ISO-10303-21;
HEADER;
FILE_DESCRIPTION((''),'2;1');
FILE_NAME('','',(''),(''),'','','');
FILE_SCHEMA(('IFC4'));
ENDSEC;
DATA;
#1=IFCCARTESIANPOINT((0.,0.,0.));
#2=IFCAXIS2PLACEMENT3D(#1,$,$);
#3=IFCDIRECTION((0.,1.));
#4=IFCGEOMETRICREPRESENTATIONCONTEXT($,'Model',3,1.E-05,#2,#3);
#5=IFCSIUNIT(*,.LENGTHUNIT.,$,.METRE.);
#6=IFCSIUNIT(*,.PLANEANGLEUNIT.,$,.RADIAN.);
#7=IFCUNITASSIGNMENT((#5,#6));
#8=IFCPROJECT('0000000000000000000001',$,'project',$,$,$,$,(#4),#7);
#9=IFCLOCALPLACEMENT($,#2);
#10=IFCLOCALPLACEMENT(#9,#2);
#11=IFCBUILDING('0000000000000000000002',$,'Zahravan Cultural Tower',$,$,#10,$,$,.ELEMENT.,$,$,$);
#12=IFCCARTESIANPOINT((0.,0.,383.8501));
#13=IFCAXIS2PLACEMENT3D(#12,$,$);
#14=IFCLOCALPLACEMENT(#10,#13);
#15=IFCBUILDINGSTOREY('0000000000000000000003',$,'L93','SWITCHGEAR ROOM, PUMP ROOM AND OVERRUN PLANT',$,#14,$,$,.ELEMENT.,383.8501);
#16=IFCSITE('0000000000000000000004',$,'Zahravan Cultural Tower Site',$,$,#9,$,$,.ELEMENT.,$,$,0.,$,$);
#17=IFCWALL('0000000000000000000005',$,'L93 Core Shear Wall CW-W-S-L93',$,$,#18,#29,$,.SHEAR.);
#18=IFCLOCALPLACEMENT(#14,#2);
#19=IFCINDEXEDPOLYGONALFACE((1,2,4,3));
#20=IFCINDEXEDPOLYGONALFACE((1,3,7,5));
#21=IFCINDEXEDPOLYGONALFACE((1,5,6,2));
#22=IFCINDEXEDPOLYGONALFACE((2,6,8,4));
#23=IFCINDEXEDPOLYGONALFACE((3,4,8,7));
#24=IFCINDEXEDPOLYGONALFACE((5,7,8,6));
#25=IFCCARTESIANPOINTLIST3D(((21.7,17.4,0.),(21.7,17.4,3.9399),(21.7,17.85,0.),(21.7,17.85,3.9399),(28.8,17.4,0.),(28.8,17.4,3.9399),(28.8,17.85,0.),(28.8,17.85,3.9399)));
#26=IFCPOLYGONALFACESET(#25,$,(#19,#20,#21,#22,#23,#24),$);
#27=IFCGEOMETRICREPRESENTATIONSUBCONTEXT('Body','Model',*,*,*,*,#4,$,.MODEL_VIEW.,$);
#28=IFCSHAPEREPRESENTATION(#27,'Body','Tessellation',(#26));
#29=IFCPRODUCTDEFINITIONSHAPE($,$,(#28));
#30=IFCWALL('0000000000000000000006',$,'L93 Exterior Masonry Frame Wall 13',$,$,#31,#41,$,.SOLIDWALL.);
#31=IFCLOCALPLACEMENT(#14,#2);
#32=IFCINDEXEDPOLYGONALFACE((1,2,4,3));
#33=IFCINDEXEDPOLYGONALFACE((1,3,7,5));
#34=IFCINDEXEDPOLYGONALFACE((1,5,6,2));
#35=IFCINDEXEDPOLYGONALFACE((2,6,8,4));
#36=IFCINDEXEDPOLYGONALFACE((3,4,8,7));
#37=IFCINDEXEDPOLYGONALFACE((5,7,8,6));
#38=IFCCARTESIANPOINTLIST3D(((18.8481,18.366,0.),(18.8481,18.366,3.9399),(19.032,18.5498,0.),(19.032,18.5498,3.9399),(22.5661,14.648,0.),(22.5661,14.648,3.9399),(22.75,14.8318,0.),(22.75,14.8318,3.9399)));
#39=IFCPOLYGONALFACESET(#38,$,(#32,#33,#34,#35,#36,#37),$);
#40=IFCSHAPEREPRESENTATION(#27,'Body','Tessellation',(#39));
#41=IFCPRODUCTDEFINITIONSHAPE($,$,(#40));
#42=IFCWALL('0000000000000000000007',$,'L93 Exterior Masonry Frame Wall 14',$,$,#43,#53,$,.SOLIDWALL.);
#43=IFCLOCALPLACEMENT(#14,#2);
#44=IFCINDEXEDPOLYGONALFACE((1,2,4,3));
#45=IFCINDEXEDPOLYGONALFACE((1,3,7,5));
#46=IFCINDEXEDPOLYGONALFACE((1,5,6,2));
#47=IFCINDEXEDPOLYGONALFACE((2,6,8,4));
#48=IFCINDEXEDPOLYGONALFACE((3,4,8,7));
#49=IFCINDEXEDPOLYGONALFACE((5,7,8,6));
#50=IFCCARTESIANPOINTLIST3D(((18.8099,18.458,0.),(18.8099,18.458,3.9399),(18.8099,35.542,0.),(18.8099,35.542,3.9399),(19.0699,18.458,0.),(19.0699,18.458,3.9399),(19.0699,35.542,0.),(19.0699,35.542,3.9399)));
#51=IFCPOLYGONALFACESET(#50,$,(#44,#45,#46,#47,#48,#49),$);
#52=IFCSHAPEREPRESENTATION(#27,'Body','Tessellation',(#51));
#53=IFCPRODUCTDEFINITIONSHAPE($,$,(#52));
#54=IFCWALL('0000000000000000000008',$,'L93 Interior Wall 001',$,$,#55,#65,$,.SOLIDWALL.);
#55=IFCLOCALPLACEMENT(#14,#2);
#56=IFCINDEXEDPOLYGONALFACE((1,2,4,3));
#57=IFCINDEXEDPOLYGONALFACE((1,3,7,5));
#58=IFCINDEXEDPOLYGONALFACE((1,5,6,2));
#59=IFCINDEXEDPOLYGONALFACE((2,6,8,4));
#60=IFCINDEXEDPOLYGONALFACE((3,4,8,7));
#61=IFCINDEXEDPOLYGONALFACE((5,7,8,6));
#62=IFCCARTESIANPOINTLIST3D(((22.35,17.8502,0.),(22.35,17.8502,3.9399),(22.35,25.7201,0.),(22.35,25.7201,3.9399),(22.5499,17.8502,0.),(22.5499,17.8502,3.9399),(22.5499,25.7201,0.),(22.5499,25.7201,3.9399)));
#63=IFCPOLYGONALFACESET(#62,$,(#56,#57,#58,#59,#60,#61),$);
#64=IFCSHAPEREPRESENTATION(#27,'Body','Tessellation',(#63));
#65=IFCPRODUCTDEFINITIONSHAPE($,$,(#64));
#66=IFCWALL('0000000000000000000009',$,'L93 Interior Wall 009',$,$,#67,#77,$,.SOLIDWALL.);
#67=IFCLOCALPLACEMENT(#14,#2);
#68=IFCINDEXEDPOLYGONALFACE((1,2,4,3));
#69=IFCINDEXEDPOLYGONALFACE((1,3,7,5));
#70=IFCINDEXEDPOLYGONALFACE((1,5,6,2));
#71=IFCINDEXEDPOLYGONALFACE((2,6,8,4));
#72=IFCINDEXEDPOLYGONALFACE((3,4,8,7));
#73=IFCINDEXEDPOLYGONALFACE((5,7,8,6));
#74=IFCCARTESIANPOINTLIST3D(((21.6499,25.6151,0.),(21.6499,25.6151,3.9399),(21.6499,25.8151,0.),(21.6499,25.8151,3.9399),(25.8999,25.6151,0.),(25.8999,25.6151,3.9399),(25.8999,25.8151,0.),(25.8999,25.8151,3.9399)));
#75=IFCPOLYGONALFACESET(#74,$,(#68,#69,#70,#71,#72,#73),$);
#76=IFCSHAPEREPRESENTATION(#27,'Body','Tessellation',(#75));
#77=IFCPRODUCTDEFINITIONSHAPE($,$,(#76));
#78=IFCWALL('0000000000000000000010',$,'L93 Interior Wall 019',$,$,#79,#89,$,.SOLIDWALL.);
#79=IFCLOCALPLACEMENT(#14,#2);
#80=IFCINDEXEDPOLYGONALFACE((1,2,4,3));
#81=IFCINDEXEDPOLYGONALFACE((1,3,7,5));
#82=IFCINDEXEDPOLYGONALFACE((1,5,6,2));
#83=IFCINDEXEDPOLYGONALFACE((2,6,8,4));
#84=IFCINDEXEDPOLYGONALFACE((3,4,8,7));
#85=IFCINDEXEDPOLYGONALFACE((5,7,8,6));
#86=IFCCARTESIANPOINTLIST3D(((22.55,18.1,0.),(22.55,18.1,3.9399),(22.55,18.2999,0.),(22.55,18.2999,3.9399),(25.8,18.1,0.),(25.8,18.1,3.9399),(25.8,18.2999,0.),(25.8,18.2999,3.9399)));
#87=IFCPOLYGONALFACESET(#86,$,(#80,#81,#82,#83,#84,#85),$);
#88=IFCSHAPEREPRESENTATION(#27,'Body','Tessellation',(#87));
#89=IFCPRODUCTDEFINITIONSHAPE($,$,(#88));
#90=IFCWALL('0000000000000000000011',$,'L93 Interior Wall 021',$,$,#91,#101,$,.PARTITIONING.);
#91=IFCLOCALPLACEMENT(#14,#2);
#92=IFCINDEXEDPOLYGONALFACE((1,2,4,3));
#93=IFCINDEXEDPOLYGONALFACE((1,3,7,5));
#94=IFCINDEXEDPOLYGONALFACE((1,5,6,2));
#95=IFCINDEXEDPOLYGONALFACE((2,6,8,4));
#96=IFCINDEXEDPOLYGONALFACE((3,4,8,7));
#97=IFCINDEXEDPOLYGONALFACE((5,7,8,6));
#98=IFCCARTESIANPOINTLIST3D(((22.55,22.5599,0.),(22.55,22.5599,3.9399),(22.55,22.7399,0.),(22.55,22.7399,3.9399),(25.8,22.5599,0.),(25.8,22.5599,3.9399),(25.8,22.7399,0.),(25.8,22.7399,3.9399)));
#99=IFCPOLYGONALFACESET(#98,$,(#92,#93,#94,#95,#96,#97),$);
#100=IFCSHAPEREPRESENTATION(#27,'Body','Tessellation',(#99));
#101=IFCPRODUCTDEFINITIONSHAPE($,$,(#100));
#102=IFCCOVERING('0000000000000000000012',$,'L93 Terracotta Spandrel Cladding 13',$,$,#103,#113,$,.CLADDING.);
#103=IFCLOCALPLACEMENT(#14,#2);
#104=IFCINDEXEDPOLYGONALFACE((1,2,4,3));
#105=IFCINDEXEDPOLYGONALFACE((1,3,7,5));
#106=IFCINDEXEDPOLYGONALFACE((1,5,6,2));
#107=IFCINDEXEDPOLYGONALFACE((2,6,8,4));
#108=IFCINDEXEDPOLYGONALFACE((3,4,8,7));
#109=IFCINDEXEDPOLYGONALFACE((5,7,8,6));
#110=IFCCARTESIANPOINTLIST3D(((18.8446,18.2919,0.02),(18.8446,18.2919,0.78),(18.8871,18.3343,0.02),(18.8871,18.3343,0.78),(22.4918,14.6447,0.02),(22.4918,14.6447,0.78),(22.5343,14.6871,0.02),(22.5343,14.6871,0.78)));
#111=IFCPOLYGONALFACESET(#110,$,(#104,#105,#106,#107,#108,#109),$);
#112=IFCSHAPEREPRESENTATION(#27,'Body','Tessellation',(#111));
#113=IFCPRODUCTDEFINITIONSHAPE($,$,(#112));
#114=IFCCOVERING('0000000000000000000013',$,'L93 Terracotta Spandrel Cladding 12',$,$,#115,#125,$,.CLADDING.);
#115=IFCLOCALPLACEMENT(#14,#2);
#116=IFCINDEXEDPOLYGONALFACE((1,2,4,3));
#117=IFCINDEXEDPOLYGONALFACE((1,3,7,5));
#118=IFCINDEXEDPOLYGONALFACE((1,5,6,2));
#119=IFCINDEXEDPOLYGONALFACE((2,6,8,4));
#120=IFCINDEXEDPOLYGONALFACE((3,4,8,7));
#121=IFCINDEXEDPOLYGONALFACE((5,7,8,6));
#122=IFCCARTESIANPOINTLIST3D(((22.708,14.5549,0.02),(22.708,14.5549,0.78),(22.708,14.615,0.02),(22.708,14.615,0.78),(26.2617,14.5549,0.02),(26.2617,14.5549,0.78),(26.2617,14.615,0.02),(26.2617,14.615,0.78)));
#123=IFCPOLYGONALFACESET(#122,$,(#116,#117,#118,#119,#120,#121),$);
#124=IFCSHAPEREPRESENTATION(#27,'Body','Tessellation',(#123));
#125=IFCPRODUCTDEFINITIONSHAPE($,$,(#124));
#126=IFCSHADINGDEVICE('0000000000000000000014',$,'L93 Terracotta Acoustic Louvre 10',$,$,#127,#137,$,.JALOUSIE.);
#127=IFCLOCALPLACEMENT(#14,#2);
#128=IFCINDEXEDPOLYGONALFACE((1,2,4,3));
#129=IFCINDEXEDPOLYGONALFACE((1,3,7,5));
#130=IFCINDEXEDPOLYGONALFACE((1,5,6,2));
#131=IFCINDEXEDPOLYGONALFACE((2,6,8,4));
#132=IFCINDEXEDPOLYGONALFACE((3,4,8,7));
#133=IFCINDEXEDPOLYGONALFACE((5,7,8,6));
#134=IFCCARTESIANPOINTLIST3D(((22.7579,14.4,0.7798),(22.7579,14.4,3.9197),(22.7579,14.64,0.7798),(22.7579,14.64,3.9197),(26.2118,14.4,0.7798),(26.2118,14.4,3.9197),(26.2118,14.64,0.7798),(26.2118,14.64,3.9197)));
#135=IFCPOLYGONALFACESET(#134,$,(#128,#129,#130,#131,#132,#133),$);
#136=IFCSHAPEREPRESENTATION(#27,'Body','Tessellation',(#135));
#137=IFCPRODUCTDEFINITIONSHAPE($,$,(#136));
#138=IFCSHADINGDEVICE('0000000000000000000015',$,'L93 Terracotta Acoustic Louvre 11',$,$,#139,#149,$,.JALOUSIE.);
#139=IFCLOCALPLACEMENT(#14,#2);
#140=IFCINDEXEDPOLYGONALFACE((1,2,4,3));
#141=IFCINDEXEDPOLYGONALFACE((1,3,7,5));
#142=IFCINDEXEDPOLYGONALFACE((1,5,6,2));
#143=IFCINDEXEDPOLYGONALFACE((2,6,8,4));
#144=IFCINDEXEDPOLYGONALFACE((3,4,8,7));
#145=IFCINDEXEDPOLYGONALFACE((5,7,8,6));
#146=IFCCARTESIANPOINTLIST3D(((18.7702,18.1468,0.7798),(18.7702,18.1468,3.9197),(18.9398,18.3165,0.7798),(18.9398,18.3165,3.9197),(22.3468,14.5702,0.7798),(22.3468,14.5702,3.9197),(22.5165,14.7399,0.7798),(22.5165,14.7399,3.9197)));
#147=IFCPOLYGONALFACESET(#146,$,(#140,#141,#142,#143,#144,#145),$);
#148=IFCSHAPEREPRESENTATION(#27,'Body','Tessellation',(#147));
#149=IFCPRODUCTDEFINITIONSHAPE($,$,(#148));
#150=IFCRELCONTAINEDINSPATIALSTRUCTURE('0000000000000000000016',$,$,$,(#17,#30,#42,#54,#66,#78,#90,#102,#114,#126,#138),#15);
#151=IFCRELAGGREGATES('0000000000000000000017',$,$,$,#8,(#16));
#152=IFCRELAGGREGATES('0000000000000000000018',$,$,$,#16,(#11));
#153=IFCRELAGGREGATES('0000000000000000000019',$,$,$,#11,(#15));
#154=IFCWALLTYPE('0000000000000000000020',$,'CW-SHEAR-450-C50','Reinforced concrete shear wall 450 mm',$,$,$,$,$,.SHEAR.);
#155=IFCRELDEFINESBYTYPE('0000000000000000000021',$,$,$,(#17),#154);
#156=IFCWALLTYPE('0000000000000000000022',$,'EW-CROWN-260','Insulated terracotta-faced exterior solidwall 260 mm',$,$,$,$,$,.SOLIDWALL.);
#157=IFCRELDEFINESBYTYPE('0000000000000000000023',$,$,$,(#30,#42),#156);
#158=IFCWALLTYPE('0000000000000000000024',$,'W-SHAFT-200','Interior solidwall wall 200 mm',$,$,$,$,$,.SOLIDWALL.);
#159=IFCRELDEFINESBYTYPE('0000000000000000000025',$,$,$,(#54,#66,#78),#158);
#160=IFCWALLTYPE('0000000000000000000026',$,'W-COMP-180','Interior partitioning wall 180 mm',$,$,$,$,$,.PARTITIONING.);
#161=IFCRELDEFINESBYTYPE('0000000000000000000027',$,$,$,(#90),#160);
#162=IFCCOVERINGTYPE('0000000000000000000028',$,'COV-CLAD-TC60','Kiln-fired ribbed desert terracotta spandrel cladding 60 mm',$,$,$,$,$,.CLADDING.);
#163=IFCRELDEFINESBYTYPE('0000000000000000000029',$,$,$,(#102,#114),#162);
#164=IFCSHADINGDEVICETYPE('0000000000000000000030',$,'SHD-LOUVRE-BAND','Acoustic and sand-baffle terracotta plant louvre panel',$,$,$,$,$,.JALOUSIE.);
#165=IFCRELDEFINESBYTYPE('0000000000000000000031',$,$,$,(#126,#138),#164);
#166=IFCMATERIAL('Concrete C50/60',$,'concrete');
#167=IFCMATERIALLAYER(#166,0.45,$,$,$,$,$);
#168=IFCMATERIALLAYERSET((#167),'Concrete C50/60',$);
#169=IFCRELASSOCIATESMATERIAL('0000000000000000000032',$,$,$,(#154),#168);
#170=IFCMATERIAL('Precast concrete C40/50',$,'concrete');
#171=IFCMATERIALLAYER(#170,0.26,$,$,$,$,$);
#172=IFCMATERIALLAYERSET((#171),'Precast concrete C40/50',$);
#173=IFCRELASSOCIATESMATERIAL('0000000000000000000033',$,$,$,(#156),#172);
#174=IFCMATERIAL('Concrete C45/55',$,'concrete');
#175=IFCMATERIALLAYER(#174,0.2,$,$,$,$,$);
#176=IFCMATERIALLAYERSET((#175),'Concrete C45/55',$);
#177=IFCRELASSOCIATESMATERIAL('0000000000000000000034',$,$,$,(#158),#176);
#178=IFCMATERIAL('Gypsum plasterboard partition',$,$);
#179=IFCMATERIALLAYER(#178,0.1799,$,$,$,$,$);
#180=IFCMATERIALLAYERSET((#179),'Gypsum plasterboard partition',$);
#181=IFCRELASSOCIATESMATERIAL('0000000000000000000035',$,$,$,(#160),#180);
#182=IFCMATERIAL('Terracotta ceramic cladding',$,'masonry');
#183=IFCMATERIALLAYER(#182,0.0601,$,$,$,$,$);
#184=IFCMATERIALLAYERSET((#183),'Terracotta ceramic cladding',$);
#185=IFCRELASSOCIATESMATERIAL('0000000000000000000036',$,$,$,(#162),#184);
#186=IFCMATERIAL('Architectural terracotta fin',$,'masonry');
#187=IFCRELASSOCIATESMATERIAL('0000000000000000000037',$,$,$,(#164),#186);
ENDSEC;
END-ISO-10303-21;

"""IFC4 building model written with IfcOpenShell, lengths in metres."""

from ifc_helpers import new_model, si_unit, direction, frame, frame_2d, origin, origin_2d, place, context, subcontext, project, spatial, rectangle, extrude, source, transform, mapped, material, layer, layer_set, type_object, element, save


model = new_model("IFC4")

# Units and contexts
model_context = context("Model", 3, precision=1e-05, world=origin(), true_north=direction((0.0, 1.0)))
body_context = subcontext(model_context, "Body", "Model", "MODEL_VIEW")
ifc_project = project(units=[si_unit("LENGTHUNIT", "METRE"), si_unit("PLANEANGLEUNIT", "RADIAN")], contexts=[model_context])

# Site, building, storey
site_placement = place(None, origin())
site = spatial("IfcSite", under=ifc_project, at=site_placement, Name="Zahravan Cultural Tower Site", CompositionType="ELEMENT", RefElevation=0.0)
building_placement = place(site_placement, origin())
building = spatial("IfcBuilding", under=site, at=building_placement, Name="Zahravan Cultural Tower", CompositionType="ELEMENT")
storey_placement = place(building_placement, frame((0.0, 0.0, 383.8501)))
storey = spatial("IfcBuildingStorey", under=building, at=storey_placement, Name="L93", Description="SWITCHGEAR ROOM, PUMP ROOM AND OVERRUN PLANT", CompositionType="ELEMENT", Elevation=383.8501)

# Shared definitions
ifc_material_1 = material(Name="Concrete C45/55", Category="concrete")

# Shared definitions
ifc_material_2 = material(Name="Concrete C50/60", Category="concrete")

# Walls
ifc_layer_1 = layer(ifc_material_2, 0.45)
ifc_layer_set_1 = layer_set([ifc_layer_1], Name="Concrete C50/60")
wall_type_1 = type_object("IfcWallType", Name="CW-SHEAR-450-C50", Description="Reinforced concrete shear wall 450 mm", PredefinedType="SHEAR", material=ifc_layer_set_1)
shared_shape_1 = source(origin(), body_context, "Body", "SweptSolid", [
    extrude(rectangle(XDim=7.1001, YDim=0.45, at=frame_2d((3.55, 0.0))), origin(), (0.0, 0.0, 1.0), 3.9399),
])
wall_1_placement = place(storey_placement, frame((21.7, 17.625, 0.0), z_axis=(0.0, 0.0, 1.0), x_axis=(1.0, 0.0, 0.0)))
element("IfcWall", 1, at=wall_1_placement, inside=storey, type_object=wall_type_1, Name="L93 Core Shear Wall CW-W-S-L93", PredefinedType="SHEAR", context=body_context, shape_type="MappedRepresentation", body=[
    mapped(shared_shape_1, transform((0.0, 0.0, 0.0), x_axis=(1.0, 0.0, 0.0), y_axis=(0.0, 1.0, 0.0), z_axis=(0.0, 0.0, 1.0), scale=1.0)),
])
ifc_material_3 = material(Name="Precast concrete C40/50", Category="concrete")
ifc_layer_2 = layer(ifc_material_3, 0.26)
ifc_layer_set_2 = layer_set([ifc_layer_2], Name="Precast concrete C40/50")
wall_type_2 = type_object("IfcWallType", Name="EW-CROWN-260", Description="Insulated terracotta-faced exterior solidwall 260 mm", PredefinedType="SOLIDWALL", material=ifc_layer_set_2)
shared_shape_2 = source(origin(), body_context, "Body", "SweptSolid", [
    extrude(rectangle(XDim=5.2581, YDim=0.26, at=frame_2d((2.6289, 0.0))), origin(), (0.0, 0.0, 1.0), 3.9399),
])
wall_2_placement = place(storey_placement, frame((22.658, 14.74, 0.0), z_axis=(0.0, 0.0, 1.0), x_axis=(-0.707107, 0.707107, 0.0)))
element("IfcWall", 2, at=wall_2_placement, inside=storey, type_object=wall_type_2, Name="L93 Exterior Masonry Frame Wall 13", PredefinedType="SOLIDWALL", context=body_context, shape_type="MappedRepresentation", body=[
    mapped(shared_shape_2, transform((0.0, 0.0, 0.0), x_axis=(1.0, 0.0, 0.0), y_axis=(0.0, 1.0, 0.0), z_axis=(0.0, 0.0, 1.0), scale=1.0)),
])
shared_shape_3 = source(origin(), body_context, "Body", "SweptSolid", [
    extrude(rectangle(XDim=17.084, YDim=0.26, at=frame_2d((8.542, 0.0))), origin(), (0.0, 0.0, 1.0), 3.9399),
])
wall_3_placement = place(storey_placement, frame((18.9399, 18.458, 0.0), z_axis=(0.0, 0.0, 1.0), x_axis=(0.0, 1.0, 0.0)))
element("IfcWall", 3, at=wall_3_placement, inside=storey, type_object=wall_type_2, Name="L93 Exterior Masonry Frame Wall 14", PredefinedType="SOLIDWALL", context=body_context, shape_type="MappedRepresentation", body=[
    mapped(shared_shape_3, transform((0.0, 0.0, 0.0), x_axis=(1.0, 0.0, 0.0), y_axis=(0.0, 1.0, 0.0), z_axis=(0.0, 0.0, 1.0), scale=1.0)),
])
ifc_layer_3 = layer(ifc_material_1, 0.2)
ifc_layer_set_3 = layer_set([ifc_layer_3], Name="Concrete C45/55")
wall_type_3 = type_object("IfcWallType", Name="W-SHAFT-200", Description="Interior solidwall wall 200 mm", PredefinedType="SOLIDWALL", material=ifc_layer_set_3)
shared_shape_4 = source(origin(), body_context, "Body", "SweptSolid", [
    extrude(rectangle(XDim=7.8699, YDim=0.2, at=frame_2d((3.9351, 0.0))), origin(), (0.0, 0.0, 1.0), 3.9399),
])
wall_4_placement = place(storey_placement, frame((22.45, 17.8501, 0.0), z_axis=(0.0, 0.0, 1.0), x_axis=(0.0, 1.0, 0.0)))
element("IfcWall", 4, at=wall_4_placement, inside=storey, type_object=wall_type_3, Name="L93 Interior Wall 001", PredefinedType="SOLIDWALL", context=body_context, shape_type="MappedRepresentation", body=[
    mapped(shared_shape_4, transform((0.0, 0.0, 0.0), x_axis=(1.0, 0.0, 0.0), y_axis=(0.0, 1.0, 0.0), z_axis=(0.0, 0.0, 1.0), scale=1.0)),
])
shared_shape_5 = source(origin(), body_context, "Body", "SweptSolid", [
    extrude(rectangle(XDim=4.25, YDim=0.2, at=frame_2d((2.125, 0.0))), origin(), (0.0, 0.0, 1.0), 3.9399),
])
wall_5_placement = place(storey_placement, frame((21.6499, 25.7151, 0.0), z_axis=(0.0, 0.0, 1.0), x_axis=(1.0, 0.0, 0.0)))
element("IfcWall", 5, at=wall_5_placement, inside=storey, type_object=wall_type_3, Name="L93 Interior Wall 009", PredefinedType="SOLIDWALL", context=body_context, shape_type="MappedRepresentation", body=[
    mapped(shared_shape_5, transform((0.0, 0.0, 0.0), x_axis=(1.0, 0.0, 0.0), y_axis=(0.0, 1.0, 0.0), z_axis=(0.0, 0.0, 1.0), scale=1.0)),
])
shared_shape_6 = source(origin(), body_context, "Body", "SweptSolid", [
    extrude(rectangle(XDim=3.25, YDim=0.2, at=frame_2d((1.625, 0.0))), origin(), (0.0, 0.0, 1.0), 3.9399),
])
wall_6_placement = place(storey_placement, frame((22.55, 18.2, 0.0), z_axis=(0.0, 0.0, 1.0), x_axis=(1.0, 0.0, 0.0)))
element("IfcWall", 6, at=wall_6_placement, inside=storey, type_object=wall_type_3, Name="L93 Interior Wall 019", PredefinedType="SOLIDWALL", context=body_context, shape_type="MappedRepresentation", body=[
    mapped(shared_shape_6, transform((0.0, 0.0, 0.0), x_axis=(1.0, 0.0, 0.0), y_axis=(0.0, 1.0, 0.0), z_axis=(0.0, 0.0, 1.0), scale=1.0)),
])
ifc_material_4 = material(Name="Gypsum plasterboard partition")
ifc_layer_4 = layer(ifc_material_4, 0.1799)
ifc_layer_set_4 = layer_set([ifc_layer_4], Name="Gypsum plasterboard partition")
wall_type_4 = type_object("IfcWallType", Name="W-COMP-180", Description="Interior partitioning wall 180 mm", PredefinedType="PARTITIONING", material=ifc_layer_set_4)
shared_shape_7 = source(origin(), body_context, "Body", "SweptSolid", [
    extrude(rectangle(XDim=3.25, YDim=0.1799, at=frame_2d((1.625, 0.0))), origin(), (0.0, 0.0, 1.0), 3.9399),
])
wall_7_placement = place(storey_placement, frame((22.55, 22.6499, 0.0), z_axis=(0.0, 0.0, 1.0), x_axis=(1.0, 0.0, 0.0)))
element("IfcWall", 7, at=wall_7_placement, inside=storey, type_object=wall_type_4, Name="L93 Interior Wall 021", PredefinedType="PARTITIONING", context=body_context, shape_type="MappedRepresentation", body=[
    mapped(shared_shape_7, transform((0.0, 0.0, 0.0), x_axis=(1.0, 0.0, 0.0), y_axis=(0.0, 1.0, 0.0), z_axis=(0.0, 0.0, 1.0), scale=1.0)),
])

# Coverings
ifc_material_5 = material(Name="Terracotta ceramic cladding", Category="masonry")
ifc_layer_5 = layer(ifc_material_5, 0.0601)
ifc_layer_set_5 = layer_set([ifc_layer_5], Name="Terracotta ceramic cladding")
covering_type = type_object("IfcCoveringType", Name="COV-CLAD-TC60", Description="Kiln-fired ribbed desert terracotta spandrel cladding 60 mm", PredefinedType="CLADDING", material=ifc_layer_set_5)
shared_shape_8 = source(origin(), body_context, "Body", "SweptSolid", [
    extrude(rectangle(XDim=5.158, YDim=0.0601, at=origin_2d()), origin(), (0.0, 0.0, 1.0), 0.76),
])
covering_1_placement = place(storey_placement, frame((20.6895, 16.4895, 0.02), z_axis=(0.0, 0.0, 1.0), x_axis=(-0.707107, 0.707107, 0.0)))
element("IfcCovering", 8, at=covering_1_placement, inside=storey, type_object=covering_type, Name="L93 Terracotta Spandrel Cladding 13", PredefinedType="CLADDING", context=body_context, shape_type="MappedRepresentation", body=[
    mapped(shared_shape_8, transform((0.0, 0.0, 0.0), x_axis=(1.0, 0.0, 0.0), y_axis=(0.0, 1.0, 0.0), z_axis=(0.0, 0.0, 1.0), scale=1.0)),
])
shared_shape_9 = source(origin(), body_context, "Body", "SweptSolid", [
    extrude(rectangle(XDim=3.5537, YDim=0.0601, at=origin_2d()), origin(), (0.0, 0.0, 1.0), 0.76),
])
covering_2_placement = place(storey_placement, frame((24.4849, 14.585, 0.02), z_axis=(0.0, 0.0, 1.0), x_axis=(-1.0, 0.0, 0.0)))
element("IfcCovering", 9, at=covering_2_placement, inside=storey, type_object=covering_type, Name="L93 Terracotta Spandrel Cladding 12", PredefinedType="CLADDING", context=body_context, shape_type="MappedRepresentation", body=[
    mapped(shared_shape_9, transform((0.0, 0.0, 0.0), x_axis=(1.0, 0.0, 0.0), y_axis=(0.0, 1.0, 0.0), z_axis=(0.0, 0.0, 1.0), scale=1.0)),
])

# Shading devices
ifc_material_6 = material(Name="Architectural terracotta fin", Category="masonry")
shading_device_type = type_object("IfcShadingDeviceType", Name="SHD-LOUVRE-BAND", Description="Acoustic and sand-baffle terracotta plant louvre panel", PredefinedType="JALOUSIE", material=ifc_material_6)
shared_shape_10 = source(origin(), body_context, "Body", "SweptSolid", [
    extrude(rectangle(XDim=3.4539, YDim=0.24, at=origin_2d()), origin(), (0.0, 0.0, 1.0), 3.1399),
])
shading_device_1_placement = place(storey_placement, frame((24.4849, 14.52, 0.7798), z_axis=(0.0, 0.0, 1.0), x_axis=(-1.0, 0.0, 0.0)))
element("IfcShadingDevice", 10, at=shading_device_1_placement, inside=storey, type_object=shading_device_type, Name="L93 Terracotta Acoustic Louvre 10", PredefinedType="JALOUSIE", context=body_context, shape_type="MappedRepresentation", body=[
    mapped(shared_shape_10, transform((0.0, 0.0, 0.0), x_axis=(1.0, 0.0, 0.0), y_axis=(0.0, 1.0, 0.0), z_axis=(0.0, 0.0, 1.0), scale=1.0)),
])
shared_shape_11 = source(origin(), body_context, "Body", "SweptSolid", [
    extrude(rectangle(XDim=5.0581, YDim=0.24, at=origin_2d()), origin(), (0.0, 0.0, 1.0), 3.1399),
])
shading_device_2_placement = place(storey_placement, frame((20.6433, 16.4434, 0.7798), z_axis=(0.0, 0.0, 1.0), x_axis=(-0.707107, 0.707107, 0.0)))
element("IfcShadingDevice", 11, at=shading_device_2_placement, inside=storey, type_object=shading_device_type, Name="L93 Terracotta Acoustic Louvre 11", PredefinedType="JALOUSIE", context=body_context, shape_type="MappedRepresentation", body=[
    mapped(shared_shape_11, transform((0.0, 0.0, 0.0), x_axis=(1.0, 0.0, 0.0), y_axis=(0.0, 1.0, 0.0), z_axis=(0.0, 0.0, 1.0), scale=1.0)),
])

save(model, "model.ifc")
